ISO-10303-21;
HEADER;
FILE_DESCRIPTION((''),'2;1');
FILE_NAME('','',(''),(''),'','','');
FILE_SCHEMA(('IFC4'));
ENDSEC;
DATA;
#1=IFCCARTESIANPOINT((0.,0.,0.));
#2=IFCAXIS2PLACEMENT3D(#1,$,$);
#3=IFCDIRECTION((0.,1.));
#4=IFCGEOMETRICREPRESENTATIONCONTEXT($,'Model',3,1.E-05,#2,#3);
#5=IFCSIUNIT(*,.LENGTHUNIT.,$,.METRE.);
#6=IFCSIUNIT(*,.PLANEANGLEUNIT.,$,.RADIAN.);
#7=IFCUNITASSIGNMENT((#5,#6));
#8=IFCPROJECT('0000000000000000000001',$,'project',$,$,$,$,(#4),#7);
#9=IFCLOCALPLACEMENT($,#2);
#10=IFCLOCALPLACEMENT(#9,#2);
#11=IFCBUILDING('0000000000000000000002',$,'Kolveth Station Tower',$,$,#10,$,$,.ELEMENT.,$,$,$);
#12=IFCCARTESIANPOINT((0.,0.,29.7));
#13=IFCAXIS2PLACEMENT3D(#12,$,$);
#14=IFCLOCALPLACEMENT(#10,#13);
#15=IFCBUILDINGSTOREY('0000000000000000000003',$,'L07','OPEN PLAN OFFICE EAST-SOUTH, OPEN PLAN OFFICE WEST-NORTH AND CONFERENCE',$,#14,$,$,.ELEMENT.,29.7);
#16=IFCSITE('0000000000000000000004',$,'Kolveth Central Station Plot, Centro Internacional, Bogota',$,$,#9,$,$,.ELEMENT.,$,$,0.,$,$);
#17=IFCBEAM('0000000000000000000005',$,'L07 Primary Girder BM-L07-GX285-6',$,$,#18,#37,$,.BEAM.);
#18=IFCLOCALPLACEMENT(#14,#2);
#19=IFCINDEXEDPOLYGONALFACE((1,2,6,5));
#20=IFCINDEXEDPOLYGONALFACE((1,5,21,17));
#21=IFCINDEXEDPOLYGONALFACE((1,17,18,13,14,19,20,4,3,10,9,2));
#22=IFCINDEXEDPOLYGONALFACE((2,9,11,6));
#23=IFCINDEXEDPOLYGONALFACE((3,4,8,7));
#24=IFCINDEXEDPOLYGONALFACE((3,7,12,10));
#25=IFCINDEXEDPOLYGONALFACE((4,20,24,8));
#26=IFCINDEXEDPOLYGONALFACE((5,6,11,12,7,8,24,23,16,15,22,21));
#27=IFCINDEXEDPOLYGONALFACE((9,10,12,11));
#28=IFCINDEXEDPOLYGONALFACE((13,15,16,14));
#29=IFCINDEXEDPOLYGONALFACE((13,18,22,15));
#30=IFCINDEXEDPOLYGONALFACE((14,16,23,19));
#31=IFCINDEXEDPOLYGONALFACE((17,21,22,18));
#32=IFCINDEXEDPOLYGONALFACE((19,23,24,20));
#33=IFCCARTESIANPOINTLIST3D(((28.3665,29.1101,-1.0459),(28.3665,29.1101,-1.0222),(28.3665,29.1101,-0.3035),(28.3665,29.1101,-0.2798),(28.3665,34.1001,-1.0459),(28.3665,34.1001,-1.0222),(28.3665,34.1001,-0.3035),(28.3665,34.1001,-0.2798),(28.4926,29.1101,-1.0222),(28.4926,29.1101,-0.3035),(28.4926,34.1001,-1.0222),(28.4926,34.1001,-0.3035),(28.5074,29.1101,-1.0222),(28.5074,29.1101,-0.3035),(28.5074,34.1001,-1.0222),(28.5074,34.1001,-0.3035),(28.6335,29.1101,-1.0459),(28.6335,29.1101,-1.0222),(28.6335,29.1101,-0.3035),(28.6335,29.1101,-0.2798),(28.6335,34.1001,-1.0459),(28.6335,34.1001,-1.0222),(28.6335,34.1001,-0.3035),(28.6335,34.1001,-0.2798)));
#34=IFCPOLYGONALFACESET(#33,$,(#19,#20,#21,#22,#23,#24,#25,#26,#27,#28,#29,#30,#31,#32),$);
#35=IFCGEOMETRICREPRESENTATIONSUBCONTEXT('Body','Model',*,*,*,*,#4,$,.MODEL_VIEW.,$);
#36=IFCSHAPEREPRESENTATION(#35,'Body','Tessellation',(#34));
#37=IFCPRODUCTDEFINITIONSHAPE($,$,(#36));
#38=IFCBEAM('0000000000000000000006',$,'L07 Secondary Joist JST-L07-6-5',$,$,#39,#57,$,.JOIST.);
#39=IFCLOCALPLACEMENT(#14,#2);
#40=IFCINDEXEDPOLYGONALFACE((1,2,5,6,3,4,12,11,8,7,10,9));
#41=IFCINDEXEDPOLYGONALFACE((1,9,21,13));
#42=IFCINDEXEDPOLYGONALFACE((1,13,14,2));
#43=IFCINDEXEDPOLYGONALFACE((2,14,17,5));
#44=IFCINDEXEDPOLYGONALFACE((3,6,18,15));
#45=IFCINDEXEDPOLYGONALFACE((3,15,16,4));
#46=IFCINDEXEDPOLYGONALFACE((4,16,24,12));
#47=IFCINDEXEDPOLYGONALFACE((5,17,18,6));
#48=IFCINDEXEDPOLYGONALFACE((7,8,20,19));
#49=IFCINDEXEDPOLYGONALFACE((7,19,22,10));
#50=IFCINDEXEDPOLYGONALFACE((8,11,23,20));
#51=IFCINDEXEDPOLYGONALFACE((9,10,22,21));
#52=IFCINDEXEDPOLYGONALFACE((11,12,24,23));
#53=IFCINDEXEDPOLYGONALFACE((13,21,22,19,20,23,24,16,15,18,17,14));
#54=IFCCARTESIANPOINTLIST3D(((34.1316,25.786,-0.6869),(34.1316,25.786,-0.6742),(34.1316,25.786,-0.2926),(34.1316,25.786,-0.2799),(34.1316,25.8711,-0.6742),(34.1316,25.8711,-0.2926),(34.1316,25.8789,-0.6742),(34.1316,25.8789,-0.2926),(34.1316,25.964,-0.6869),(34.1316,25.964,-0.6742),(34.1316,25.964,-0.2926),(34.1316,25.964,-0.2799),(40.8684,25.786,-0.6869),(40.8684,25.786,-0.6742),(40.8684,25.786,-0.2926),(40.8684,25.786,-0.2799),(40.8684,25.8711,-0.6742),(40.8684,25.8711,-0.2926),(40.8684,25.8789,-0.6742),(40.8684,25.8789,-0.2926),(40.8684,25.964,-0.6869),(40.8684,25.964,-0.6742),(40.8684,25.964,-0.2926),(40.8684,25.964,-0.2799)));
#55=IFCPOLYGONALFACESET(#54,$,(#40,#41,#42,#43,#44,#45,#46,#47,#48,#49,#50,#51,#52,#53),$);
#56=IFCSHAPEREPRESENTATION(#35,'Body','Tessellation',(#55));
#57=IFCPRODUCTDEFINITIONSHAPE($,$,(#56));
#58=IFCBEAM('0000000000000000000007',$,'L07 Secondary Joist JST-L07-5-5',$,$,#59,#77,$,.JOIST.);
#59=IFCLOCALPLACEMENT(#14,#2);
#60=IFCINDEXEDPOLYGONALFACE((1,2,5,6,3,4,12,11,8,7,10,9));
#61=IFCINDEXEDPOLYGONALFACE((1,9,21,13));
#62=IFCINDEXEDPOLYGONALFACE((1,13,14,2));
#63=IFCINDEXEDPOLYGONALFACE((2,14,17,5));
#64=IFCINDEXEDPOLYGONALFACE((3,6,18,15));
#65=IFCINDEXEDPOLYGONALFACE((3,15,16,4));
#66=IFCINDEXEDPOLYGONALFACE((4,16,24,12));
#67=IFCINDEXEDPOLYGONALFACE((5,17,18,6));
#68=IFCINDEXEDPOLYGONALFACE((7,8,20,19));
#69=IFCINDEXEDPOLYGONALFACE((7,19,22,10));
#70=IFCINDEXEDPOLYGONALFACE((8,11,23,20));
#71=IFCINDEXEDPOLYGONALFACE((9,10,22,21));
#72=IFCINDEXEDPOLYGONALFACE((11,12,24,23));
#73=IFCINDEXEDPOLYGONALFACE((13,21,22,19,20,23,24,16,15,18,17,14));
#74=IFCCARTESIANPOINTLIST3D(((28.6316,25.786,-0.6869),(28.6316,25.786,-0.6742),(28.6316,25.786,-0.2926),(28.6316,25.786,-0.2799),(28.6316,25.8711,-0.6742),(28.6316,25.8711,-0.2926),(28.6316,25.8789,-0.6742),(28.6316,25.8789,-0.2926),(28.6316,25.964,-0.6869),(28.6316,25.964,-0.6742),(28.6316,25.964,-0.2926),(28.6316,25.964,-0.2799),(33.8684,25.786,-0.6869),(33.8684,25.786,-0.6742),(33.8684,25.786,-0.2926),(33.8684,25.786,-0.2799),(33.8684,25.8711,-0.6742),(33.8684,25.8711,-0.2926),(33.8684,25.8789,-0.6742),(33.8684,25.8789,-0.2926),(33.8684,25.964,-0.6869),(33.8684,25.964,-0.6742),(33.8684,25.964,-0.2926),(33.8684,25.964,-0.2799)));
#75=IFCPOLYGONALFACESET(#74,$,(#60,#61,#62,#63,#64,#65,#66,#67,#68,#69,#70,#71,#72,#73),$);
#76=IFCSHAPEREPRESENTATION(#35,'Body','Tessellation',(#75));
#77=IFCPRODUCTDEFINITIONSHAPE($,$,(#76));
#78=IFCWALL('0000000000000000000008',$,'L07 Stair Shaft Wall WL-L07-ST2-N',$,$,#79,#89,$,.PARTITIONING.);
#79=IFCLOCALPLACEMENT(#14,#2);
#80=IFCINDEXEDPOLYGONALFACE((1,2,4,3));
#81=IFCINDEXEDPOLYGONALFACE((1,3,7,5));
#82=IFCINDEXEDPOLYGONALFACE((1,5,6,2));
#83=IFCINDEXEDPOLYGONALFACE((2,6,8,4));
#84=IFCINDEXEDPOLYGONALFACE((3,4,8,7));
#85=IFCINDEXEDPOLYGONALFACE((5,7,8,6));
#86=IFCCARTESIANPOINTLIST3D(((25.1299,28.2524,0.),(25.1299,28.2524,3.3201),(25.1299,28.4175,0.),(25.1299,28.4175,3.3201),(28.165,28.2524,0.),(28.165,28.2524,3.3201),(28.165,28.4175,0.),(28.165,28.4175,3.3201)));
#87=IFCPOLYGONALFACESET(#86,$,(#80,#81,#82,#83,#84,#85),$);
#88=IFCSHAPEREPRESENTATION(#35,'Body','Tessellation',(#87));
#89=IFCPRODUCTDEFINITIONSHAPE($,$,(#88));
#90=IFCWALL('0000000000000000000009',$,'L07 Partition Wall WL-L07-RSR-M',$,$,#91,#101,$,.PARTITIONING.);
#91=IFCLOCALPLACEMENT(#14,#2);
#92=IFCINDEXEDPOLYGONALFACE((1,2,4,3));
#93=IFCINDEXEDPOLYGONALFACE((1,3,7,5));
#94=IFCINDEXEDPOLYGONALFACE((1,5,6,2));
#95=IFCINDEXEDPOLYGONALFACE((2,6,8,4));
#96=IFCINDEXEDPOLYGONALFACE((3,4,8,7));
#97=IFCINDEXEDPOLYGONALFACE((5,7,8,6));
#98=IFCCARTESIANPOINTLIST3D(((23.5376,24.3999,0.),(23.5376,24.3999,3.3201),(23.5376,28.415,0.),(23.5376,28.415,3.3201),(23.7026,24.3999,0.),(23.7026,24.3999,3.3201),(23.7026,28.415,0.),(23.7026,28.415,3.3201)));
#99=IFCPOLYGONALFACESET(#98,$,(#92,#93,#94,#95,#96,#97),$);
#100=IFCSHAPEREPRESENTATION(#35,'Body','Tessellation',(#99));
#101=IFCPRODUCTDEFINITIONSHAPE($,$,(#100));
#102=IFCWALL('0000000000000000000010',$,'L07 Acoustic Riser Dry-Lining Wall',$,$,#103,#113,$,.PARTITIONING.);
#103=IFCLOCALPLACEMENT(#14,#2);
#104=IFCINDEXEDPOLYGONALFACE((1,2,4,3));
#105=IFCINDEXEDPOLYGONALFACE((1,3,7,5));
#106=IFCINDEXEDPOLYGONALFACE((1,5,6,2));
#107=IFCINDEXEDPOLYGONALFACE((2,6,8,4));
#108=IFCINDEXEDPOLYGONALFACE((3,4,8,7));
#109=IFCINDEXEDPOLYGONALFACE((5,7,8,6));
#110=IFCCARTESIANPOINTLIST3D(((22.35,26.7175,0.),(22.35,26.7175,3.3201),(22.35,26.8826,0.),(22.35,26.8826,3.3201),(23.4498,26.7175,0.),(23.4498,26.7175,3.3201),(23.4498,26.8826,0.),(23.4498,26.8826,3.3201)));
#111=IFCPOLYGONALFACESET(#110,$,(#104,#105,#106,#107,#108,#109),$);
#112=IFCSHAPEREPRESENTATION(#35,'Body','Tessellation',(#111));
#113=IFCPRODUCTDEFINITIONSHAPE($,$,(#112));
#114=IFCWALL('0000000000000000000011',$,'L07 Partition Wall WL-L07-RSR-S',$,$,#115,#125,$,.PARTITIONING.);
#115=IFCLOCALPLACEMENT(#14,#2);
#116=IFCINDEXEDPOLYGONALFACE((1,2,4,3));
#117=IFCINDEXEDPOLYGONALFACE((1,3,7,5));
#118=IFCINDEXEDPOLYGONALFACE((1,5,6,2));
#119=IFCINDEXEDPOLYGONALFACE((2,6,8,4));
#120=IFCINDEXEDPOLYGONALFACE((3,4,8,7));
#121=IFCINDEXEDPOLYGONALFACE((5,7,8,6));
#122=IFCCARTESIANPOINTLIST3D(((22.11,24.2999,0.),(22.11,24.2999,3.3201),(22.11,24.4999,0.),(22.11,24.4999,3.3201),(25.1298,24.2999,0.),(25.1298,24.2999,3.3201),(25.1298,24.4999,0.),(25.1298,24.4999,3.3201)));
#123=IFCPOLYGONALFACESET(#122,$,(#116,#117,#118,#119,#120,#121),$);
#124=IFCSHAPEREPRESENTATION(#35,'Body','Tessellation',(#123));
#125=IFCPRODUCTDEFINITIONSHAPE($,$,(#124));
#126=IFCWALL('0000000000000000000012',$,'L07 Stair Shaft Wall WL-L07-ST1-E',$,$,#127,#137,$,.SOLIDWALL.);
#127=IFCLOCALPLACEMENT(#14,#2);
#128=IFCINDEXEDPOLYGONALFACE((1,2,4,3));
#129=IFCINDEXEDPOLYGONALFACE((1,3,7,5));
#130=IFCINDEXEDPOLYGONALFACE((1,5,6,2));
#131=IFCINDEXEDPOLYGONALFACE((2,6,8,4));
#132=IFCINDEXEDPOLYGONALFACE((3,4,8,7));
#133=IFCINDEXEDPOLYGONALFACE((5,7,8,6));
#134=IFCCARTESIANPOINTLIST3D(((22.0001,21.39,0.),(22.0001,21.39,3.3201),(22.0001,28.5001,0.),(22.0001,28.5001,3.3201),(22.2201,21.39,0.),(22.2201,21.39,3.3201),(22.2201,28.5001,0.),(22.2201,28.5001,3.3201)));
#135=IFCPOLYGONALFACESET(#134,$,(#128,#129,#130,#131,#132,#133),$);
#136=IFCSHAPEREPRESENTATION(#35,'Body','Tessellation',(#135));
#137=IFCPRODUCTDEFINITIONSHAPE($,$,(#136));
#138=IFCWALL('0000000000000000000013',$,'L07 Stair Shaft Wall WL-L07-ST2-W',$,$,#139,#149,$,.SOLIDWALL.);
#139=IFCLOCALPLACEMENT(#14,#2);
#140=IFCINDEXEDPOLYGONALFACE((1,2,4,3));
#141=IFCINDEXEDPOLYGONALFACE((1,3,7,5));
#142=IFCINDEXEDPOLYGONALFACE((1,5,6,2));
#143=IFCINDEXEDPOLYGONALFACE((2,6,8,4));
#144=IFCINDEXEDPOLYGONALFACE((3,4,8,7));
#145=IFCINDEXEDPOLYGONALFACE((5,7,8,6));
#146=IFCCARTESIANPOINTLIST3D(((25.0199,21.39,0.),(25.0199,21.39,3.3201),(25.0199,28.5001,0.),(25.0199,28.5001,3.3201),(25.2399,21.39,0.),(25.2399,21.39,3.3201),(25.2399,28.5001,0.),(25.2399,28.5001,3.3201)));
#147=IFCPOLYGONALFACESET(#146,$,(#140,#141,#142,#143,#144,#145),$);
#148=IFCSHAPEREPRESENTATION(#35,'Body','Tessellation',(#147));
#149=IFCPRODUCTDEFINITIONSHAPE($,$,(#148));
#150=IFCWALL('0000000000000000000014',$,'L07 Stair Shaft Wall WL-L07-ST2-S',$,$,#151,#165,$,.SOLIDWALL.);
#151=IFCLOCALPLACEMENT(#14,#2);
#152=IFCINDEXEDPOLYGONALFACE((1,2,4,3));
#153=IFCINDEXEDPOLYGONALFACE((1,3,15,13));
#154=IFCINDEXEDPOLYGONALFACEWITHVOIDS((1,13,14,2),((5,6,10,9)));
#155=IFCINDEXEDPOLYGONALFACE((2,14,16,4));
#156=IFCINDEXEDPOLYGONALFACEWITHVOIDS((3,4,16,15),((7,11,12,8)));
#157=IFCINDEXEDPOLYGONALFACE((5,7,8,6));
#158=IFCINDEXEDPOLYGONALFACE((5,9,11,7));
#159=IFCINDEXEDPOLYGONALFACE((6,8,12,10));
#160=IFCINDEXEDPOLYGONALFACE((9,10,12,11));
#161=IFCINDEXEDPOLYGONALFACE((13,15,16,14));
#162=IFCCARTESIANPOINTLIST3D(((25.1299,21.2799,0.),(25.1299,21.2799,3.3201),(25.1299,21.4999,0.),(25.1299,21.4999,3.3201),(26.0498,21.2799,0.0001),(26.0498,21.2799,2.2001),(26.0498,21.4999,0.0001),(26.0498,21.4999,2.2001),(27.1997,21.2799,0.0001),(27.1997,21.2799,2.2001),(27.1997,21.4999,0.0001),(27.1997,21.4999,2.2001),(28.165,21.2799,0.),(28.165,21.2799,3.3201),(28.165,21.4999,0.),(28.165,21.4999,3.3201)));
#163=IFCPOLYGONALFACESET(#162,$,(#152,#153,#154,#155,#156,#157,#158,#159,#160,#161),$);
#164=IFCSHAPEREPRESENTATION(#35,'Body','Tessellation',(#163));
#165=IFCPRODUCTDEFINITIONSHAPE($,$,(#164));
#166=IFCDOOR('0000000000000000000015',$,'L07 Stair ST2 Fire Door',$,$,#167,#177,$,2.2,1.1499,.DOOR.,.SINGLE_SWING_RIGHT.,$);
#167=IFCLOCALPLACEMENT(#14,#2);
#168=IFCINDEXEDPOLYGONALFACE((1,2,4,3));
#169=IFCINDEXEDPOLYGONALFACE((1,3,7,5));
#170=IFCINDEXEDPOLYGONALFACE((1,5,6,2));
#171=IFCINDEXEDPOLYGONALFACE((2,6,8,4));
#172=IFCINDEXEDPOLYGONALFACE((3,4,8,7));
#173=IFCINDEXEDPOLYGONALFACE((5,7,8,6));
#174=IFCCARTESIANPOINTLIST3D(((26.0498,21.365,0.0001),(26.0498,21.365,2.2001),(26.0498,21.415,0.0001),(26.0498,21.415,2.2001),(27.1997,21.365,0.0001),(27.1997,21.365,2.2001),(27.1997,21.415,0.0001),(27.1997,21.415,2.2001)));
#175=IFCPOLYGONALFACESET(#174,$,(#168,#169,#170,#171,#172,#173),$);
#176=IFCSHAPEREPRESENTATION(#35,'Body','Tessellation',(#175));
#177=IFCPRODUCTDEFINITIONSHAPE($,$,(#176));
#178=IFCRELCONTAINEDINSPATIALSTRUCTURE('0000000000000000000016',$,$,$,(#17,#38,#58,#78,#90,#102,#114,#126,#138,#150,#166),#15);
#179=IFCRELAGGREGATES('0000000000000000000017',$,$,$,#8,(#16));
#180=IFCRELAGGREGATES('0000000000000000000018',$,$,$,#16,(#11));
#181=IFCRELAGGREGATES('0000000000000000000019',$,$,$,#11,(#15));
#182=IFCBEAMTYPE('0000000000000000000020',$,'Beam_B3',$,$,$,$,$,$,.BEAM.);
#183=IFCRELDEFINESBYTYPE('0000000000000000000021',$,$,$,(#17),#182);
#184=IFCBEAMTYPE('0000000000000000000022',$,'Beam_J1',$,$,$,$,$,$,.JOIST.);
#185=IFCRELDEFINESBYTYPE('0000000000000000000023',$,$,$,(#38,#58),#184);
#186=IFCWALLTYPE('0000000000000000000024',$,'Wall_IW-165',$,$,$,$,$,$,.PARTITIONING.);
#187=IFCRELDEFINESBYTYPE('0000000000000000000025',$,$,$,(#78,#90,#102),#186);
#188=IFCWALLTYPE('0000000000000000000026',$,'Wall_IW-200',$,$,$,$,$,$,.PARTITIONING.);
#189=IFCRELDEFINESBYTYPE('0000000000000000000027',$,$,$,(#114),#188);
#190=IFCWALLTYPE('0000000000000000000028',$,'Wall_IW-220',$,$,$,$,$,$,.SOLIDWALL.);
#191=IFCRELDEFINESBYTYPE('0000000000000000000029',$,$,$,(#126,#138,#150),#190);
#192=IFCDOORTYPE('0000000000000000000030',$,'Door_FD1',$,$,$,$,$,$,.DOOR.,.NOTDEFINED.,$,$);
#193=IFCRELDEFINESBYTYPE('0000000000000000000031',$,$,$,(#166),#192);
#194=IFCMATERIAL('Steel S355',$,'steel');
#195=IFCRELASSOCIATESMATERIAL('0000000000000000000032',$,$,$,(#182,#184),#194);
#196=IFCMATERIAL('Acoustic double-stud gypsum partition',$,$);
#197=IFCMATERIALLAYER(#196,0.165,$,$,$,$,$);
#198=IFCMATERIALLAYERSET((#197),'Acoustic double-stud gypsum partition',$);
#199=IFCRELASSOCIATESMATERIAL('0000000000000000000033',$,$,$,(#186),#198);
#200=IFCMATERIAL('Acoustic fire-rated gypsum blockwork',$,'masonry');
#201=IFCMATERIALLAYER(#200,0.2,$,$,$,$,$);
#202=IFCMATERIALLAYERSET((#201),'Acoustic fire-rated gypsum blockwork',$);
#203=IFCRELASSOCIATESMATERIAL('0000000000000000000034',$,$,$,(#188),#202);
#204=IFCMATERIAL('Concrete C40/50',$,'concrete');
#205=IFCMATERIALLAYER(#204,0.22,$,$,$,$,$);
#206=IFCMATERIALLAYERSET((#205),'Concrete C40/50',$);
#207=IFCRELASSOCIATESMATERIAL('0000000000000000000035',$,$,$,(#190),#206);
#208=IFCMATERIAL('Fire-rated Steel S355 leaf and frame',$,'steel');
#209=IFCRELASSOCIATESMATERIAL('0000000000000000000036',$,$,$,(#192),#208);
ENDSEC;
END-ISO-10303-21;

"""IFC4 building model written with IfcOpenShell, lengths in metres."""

from ifc_helpers import new_model, si_unit, direction, frame, frame_2d, origin, origin_2d, place, context, subcontext, project, spatial, rectangle, i_section, extrude, source, transform, mapped, material, layer, layer_set, material_profile, profile_set, type_object, element, fill, save


model = new_model("IFC4")

# Units and contexts
model_context = context("Model", 3, precision=1e-05, world=origin(), true_north=direction((0.0, 1.0)))
body_context = subcontext(model_context, "Body", "Model", "MODEL_VIEW")
ifc_project = project(units=[si_unit("LENGTHUNIT", "METRE"), si_unit("PLANEANGLEUNIT", "RADIAN")], contexts=[model_context])

# Site, building, storey
site_placement = place(None, origin())
site = spatial("IfcSite", under=ifc_project, at=site_placement, Name="Kolveth Central Station Plot, Centro Internacional, Bogota", CompositionType="ELEMENT", RefElevation=0.0)
building_placement = place(site_placement, origin())
building = spatial("IfcBuilding", under=site, at=building_placement, Name="Kolveth Station Tower", CompositionType="ELEMENT")
storey_placement = place(building_placement, frame((0.0, 0.0, 29.7)))
storey = spatial("IfcBuildingStorey", under=building, at=storey_placement, Name="L07", Description="OPEN PLAN OFFICE EAST-SOUTH, OPEN PLAN OFFICE WEST-NORTH AND CONFERENCE", CompositionType="ELEMENT", Elevation=29.7)

# Beams
ifc_material_1 = material(Name="Steel S355", Category="steel")
ifc_material_profile_1 = material_profile(ifc_material_1, i_section(OverallWidth=0.2671, OverallDepth=0.7661, WebThickness=0.0149, FlangeThickness=0.0237, at=origin_2d()), Name="W760x185")
ifc_profile_set_1 = profile_set([ifc_material_profile_1], Name="Steel S355")
beam_type_1 = type_object("IfcBeamType", Name="Beam_B3", PredefinedType="BEAM", material=ifc_profile_set_1)
shared_shape_1 = source(origin(), body_context, "Body", "SweptSolid", [
    extrude(i_section(OverallWidth=0.2671, OverallDepth=0.7661, WebThickness=0.0149, FlangeThickness=0.0237, at=origin_2d()), origin(), (0.0, 0.0, 1.0), 4.99),
])
beam_1_placement = place(storey_placement, frame((28.5, 29.1101, -0.6628), z_axis=(0.0, 1.0, 0.0), x_axis=(-1.0, 0.0, 0.0)))
element("IfcBeam", 1, at=beam_1_placement, inside=storey, type_object=beam_type_1, Name="L07 Primary Girder BM-L07-GX285-6", PredefinedType="BEAM", context=body_context, shape_type="MappedRepresentation", body=[
    mapped(shared_shape_1, transform((0.0, 0.0, 0.0), x_axis=(1.0, 0.0, 0.0), y_axis=(0.0, 1.0, 0.0), z_axis=(0.0, 0.0, 1.0), scale=1.0)),
])
ifc_material_profile_2 = material_profile(ifc_material_1, i_section(OverallWidth=0.178, OverallDepth=0.407, WebThickness=0.0078, FlangeThickness=0.0127, at=origin_2d()), Name="W410x60")
ifc_profile_set_2 = profile_set([ifc_material_profile_2], Name="Steel S355")
beam_type_2 = type_object("IfcBeamType", Name="Beam_J1", PredefinedType="JOIST", material=ifc_profile_set_2)
shared_shape_2 = source(origin(), body_context, "Body", "SweptSolid", [
    extrude(i_section(OverallWidth=0.178, OverallDepth=0.407, WebThickness=0.0078, FlangeThickness=0.0127, at=origin_2d()), origin(), (0.0, 0.0, 1.0), 6.7368),
])
beam_2_placement = place(storey_placement, frame((34.1316, 25.875, -0.4834), z_axis=(1.0, 0.0, 0.0), x_axis=(0.0, 1.0, 0.0)))
element("IfcBeam", 2, at=beam_2_placement, inside=storey, type_object=beam_type_2, Name="L07 Secondary Joist JST-L07-6-5", PredefinedType="JOIST", context=body_context, shape_type="MappedRepresentation", body=[
    mapped(shared_shape_2, transform((0.0, 0.0, 0.0), x_axis=(1.0, 0.0, 0.0), y_axis=(0.0, 1.0, 0.0), z_axis=(0.0, 0.0, 1.0), scale=1.0)),
])
shared_shape_3 = source(origin(), body_context, "Body", "SweptSolid", [
    extrude(i_section(OverallWidth=0.178, OverallDepth=0.407, WebThickness=0.0078, FlangeThickness=0.0127, at=origin_2d()), origin(), (0.0, 0.0, 1.0), 5.2368),
])
beam_3_placement = place(storey_placement, frame((28.6316, 25.875, -0.4834), z_axis=(1.0, 0.0, 0.0), x_axis=(0.0, 1.0, 0.0)))
element("IfcBeam", 3, at=beam_3_placement, inside=storey, type_object=beam_type_2, Name="L07 Secondary Joist JST-L07-5-5", PredefinedType="JOIST", context=body_context, shape_type="MappedRepresentation", body=[
    mapped(shared_shape_3, transform((0.0, 0.0, 0.0), x_axis=(1.0, 0.0, 0.0), y_axis=(0.0, 1.0, 0.0), z_axis=(0.0, 0.0, 1.0), scale=1.0)),
])

# Walls
ifc_material_2 = material(Name="Acoustic double-stud gypsum partition")
ifc_layer_1 = layer(ifc_material_2, 0.165)
ifc_layer_set_1 = layer_set([ifc_layer_1], Name="Acoustic double-stud gypsum partition")
wall_type_1 = type_object("IfcWallType", Name="Wall_IW-165", PredefinedType="PARTITIONING", material=ifc_layer_set_1)
wall_1_placement = place(storey_placement, frame((25.1299, 28.335, 0.0), z_axis=(0.0, 0.0, 1.0), x_axis=(1.0, 0.0, 0.0)))
element("IfcWall", 4, at=wall_1_placement, inside=storey, type_object=wall_type_1, Name="L07 Stair Shaft Wall WL-L07-ST2-N", PredefinedType="PARTITIONING", context=body_context, shape_type="SweptSolid", body=[
    extrude(rectangle(XDim=3.0352, YDim=0.165, at=frame_2d((1.5176, 0.0))), origin(), (0.0, 0.0, 1.0), 3.3201),
])
wall_2_placement = place(storey_placement, frame((23.6201, 24.3999, 0.0), z_axis=(0.0, 0.0, 1.0), x_axis=(0.0, 1.0, 0.0)))
element("IfcWall", 5, at=wall_2_placement, inside=storey, type_object=wall_type_1, Name="L07 Partition Wall WL-L07-RSR-M", PredefinedType="PARTITIONING", context=body_context, shape_type="SweptSolid", body=[
    extrude(rectangle(XDim=4.0151, YDim=0.165, at=frame_2d((2.0076, 0.0))), origin(), (0.0, 0.0, 1.0), 3.3201),
])
wall_3_placement = place(storey_placement, frame((22.3501, 26.8, 0.0), z_axis=(0.0, 0.0, 1.0), x_axis=(1.0, 0.0, 0.0)))
element("IfcWall", 6, at=wall_3_placement, inside=storey, type_object=wall_type_1, Name="L07 Acoustic Riser Dry-Lining Wall", PredefinedType="PARTITIONING", context=body_context, shape_type="SweptSolid", body=[
    extrude(rectangle(XDim=1.0999, YDim=0.165, at=frame_2d((0.5498, 0.0))), origin(), (0.0, 0.0, 1.0), 3.3201),
])
ifc_material_3 = material(Name="Acoustic fire-rated gypsum blockwork", Category="masonry")
ifc_layer_2 = layer(ifc_material_3, 0.2)
ifc_layer_set_2 = layer_set([ifc_layer_2], Name="Acoustic fire-rated gypsum blockwork")
wall_type_2 = type_object("IfcWallType", Name="Wall_IW-200", PredefinedType="PARTITIONING", material=ifc_layer_set_2)
wall_4_placement = place(storey_placement, frame((22.1101, 24.3999, 0.0), z_axis=(0.0, 0.0, 1.0), x_axis=(1.0, 0.0, 0.0)))
element("IfcWall", 7, at=wall_4_placement, inside=storey, type_object=wall_type_2, Name="L07 Partition Wall WL-L07-RSR-S", PredefinedType="PARTITIONING", context=body_context, shape_type="SweptSolid", body=[
    extrude(rectangle(XDim=3.0198, YDim=0.2, at=frame_2d((1.5098, 0.0))), origin(), (0.0, 0.0, 1.0), 3.3201),
])
ifc_material_4 = material(Name="Concrete C40/50", Category="concrete")
ifc_layer_3 = layer(ifc_material_4, 0.22)
ifc_layer_set_3 = layer_set([ifc_layer_3], Name="Concrete C40/50")
wall_type_3 = type_object("IfcWallType", Name="Wall_IW-220", PredefinedType="SOLIDWALL", material=ifc_layer_set_3)
for number, where, z_axis, x_axis, name in (
    (8, (22.1101, 21.3899, 0.0), (0.0, 0.0, 1.0), (0.0, 1.0, 0.0), "L07 Stair Shaft Wall WL-L07-ST1-E"),
    (9, (25.1299, 21.3899, 0.0), (0.0, 0.0, 1.0), (0.0, 1.0, 0.0), "L07 Stair Shaft Wall WL-L07-ST2-W"),
):
    element("IfcWall", number, at=place(storey_placement, frame(where, z_axis=z_axis, x_axis=x_axis)), inside=storey, type_object=wall_type_3, Name=name, PredefinedType="SOLIDWALL", context=body_context, shape_type="SweptSolid", body=[
        extrude(rectangle(XDim=7.1101, YDim=0.22, at=frame_2d((3.5552, 0.0))), origin(), (0.0, 0.0, 1.0), 3.3201),
    ])

# Wall, opening, door
wall_5_placement = place(storey_placement, frame((25.1299, 21.3899, 0.0), z_axis=(0.0, 0.0, 1.0), x_axis=(1.0, 0.0, 0.0)))
wall_5 = element("IfcWall", 10, at=wall_5_placement, inside=storey, type_object=wall_type_3, Name="L07 Stair Shaft Wall WL-L07-ST2-S", PredefinedType="SOLIDWALL", context=body_context, shape_type="SweptSolid", body=[
    extrude(rectangle(XDim=3.0352, YDim=0.22, at=frame_2d((1.5176, 0.0))), origin(), (0.0, 0.0, 1.0), 3.3201),
])
opening_placement = place(wall_5_placement, frame((0.9199, 0.0, 0.0)))
opening = element("IfcOpeningElement", 11, at=opening_placement, cuts=wall_5, PredefinedType="OPENING", context=body_context, shape_type="SweptSolid", body=[
    extrude(rectangle(XDim=1.1499, YDim=2.2, at=frame_2d((0.575, 1.1001))), frame((0.0, 0.1199, 0.0), z_axis=(0.0, -1.0, 0.0), x_axis=(1.0, 0.0, 0.0)), (0.0, 0.0, 1.0), 0.24),
])
ifc_material_5 = material(Name="Fire-rated Steel S355 leaf and frame", Category="steel")
door_type = type_object("IfcDoorType", Name="Door_FD1", OperationType="NOTDEFINED", PredefinedType="DOOR", material=ifc_material_5)
door_placement = place(opening_placement, frame((1.1499, 0.0, 0.0), z_axis=(0.0, 0.0, 1.0), x_axis=(-1.0, 0.0, 0.0)))
door = element("IfcDoor", 12, at=door_placement, inside=storey, type_object=door_type, Name="L07 Stair ST2 Fire Door", OperationType="SINGLE_SWING_RIGHT", OverallHeight=2.2, OverallWidth=1.1499, PredefinedType="DOOR", context=body_context, shape_type="SweptSolid", body=[
    extrude(rectangle(XDim=1.1499, YDim=2.2, at=frame_2d((0.575, 1.1001))), frame((0.0, 0.0249, 0.0), z_axis=(0.0, -1.0, 0.0), x_axis=(1.0, 0.0, 0.0)), (0.0, 0.0, 1.0), 0.05),
])
fill(opening, door)

save(model, "model.ifc")
